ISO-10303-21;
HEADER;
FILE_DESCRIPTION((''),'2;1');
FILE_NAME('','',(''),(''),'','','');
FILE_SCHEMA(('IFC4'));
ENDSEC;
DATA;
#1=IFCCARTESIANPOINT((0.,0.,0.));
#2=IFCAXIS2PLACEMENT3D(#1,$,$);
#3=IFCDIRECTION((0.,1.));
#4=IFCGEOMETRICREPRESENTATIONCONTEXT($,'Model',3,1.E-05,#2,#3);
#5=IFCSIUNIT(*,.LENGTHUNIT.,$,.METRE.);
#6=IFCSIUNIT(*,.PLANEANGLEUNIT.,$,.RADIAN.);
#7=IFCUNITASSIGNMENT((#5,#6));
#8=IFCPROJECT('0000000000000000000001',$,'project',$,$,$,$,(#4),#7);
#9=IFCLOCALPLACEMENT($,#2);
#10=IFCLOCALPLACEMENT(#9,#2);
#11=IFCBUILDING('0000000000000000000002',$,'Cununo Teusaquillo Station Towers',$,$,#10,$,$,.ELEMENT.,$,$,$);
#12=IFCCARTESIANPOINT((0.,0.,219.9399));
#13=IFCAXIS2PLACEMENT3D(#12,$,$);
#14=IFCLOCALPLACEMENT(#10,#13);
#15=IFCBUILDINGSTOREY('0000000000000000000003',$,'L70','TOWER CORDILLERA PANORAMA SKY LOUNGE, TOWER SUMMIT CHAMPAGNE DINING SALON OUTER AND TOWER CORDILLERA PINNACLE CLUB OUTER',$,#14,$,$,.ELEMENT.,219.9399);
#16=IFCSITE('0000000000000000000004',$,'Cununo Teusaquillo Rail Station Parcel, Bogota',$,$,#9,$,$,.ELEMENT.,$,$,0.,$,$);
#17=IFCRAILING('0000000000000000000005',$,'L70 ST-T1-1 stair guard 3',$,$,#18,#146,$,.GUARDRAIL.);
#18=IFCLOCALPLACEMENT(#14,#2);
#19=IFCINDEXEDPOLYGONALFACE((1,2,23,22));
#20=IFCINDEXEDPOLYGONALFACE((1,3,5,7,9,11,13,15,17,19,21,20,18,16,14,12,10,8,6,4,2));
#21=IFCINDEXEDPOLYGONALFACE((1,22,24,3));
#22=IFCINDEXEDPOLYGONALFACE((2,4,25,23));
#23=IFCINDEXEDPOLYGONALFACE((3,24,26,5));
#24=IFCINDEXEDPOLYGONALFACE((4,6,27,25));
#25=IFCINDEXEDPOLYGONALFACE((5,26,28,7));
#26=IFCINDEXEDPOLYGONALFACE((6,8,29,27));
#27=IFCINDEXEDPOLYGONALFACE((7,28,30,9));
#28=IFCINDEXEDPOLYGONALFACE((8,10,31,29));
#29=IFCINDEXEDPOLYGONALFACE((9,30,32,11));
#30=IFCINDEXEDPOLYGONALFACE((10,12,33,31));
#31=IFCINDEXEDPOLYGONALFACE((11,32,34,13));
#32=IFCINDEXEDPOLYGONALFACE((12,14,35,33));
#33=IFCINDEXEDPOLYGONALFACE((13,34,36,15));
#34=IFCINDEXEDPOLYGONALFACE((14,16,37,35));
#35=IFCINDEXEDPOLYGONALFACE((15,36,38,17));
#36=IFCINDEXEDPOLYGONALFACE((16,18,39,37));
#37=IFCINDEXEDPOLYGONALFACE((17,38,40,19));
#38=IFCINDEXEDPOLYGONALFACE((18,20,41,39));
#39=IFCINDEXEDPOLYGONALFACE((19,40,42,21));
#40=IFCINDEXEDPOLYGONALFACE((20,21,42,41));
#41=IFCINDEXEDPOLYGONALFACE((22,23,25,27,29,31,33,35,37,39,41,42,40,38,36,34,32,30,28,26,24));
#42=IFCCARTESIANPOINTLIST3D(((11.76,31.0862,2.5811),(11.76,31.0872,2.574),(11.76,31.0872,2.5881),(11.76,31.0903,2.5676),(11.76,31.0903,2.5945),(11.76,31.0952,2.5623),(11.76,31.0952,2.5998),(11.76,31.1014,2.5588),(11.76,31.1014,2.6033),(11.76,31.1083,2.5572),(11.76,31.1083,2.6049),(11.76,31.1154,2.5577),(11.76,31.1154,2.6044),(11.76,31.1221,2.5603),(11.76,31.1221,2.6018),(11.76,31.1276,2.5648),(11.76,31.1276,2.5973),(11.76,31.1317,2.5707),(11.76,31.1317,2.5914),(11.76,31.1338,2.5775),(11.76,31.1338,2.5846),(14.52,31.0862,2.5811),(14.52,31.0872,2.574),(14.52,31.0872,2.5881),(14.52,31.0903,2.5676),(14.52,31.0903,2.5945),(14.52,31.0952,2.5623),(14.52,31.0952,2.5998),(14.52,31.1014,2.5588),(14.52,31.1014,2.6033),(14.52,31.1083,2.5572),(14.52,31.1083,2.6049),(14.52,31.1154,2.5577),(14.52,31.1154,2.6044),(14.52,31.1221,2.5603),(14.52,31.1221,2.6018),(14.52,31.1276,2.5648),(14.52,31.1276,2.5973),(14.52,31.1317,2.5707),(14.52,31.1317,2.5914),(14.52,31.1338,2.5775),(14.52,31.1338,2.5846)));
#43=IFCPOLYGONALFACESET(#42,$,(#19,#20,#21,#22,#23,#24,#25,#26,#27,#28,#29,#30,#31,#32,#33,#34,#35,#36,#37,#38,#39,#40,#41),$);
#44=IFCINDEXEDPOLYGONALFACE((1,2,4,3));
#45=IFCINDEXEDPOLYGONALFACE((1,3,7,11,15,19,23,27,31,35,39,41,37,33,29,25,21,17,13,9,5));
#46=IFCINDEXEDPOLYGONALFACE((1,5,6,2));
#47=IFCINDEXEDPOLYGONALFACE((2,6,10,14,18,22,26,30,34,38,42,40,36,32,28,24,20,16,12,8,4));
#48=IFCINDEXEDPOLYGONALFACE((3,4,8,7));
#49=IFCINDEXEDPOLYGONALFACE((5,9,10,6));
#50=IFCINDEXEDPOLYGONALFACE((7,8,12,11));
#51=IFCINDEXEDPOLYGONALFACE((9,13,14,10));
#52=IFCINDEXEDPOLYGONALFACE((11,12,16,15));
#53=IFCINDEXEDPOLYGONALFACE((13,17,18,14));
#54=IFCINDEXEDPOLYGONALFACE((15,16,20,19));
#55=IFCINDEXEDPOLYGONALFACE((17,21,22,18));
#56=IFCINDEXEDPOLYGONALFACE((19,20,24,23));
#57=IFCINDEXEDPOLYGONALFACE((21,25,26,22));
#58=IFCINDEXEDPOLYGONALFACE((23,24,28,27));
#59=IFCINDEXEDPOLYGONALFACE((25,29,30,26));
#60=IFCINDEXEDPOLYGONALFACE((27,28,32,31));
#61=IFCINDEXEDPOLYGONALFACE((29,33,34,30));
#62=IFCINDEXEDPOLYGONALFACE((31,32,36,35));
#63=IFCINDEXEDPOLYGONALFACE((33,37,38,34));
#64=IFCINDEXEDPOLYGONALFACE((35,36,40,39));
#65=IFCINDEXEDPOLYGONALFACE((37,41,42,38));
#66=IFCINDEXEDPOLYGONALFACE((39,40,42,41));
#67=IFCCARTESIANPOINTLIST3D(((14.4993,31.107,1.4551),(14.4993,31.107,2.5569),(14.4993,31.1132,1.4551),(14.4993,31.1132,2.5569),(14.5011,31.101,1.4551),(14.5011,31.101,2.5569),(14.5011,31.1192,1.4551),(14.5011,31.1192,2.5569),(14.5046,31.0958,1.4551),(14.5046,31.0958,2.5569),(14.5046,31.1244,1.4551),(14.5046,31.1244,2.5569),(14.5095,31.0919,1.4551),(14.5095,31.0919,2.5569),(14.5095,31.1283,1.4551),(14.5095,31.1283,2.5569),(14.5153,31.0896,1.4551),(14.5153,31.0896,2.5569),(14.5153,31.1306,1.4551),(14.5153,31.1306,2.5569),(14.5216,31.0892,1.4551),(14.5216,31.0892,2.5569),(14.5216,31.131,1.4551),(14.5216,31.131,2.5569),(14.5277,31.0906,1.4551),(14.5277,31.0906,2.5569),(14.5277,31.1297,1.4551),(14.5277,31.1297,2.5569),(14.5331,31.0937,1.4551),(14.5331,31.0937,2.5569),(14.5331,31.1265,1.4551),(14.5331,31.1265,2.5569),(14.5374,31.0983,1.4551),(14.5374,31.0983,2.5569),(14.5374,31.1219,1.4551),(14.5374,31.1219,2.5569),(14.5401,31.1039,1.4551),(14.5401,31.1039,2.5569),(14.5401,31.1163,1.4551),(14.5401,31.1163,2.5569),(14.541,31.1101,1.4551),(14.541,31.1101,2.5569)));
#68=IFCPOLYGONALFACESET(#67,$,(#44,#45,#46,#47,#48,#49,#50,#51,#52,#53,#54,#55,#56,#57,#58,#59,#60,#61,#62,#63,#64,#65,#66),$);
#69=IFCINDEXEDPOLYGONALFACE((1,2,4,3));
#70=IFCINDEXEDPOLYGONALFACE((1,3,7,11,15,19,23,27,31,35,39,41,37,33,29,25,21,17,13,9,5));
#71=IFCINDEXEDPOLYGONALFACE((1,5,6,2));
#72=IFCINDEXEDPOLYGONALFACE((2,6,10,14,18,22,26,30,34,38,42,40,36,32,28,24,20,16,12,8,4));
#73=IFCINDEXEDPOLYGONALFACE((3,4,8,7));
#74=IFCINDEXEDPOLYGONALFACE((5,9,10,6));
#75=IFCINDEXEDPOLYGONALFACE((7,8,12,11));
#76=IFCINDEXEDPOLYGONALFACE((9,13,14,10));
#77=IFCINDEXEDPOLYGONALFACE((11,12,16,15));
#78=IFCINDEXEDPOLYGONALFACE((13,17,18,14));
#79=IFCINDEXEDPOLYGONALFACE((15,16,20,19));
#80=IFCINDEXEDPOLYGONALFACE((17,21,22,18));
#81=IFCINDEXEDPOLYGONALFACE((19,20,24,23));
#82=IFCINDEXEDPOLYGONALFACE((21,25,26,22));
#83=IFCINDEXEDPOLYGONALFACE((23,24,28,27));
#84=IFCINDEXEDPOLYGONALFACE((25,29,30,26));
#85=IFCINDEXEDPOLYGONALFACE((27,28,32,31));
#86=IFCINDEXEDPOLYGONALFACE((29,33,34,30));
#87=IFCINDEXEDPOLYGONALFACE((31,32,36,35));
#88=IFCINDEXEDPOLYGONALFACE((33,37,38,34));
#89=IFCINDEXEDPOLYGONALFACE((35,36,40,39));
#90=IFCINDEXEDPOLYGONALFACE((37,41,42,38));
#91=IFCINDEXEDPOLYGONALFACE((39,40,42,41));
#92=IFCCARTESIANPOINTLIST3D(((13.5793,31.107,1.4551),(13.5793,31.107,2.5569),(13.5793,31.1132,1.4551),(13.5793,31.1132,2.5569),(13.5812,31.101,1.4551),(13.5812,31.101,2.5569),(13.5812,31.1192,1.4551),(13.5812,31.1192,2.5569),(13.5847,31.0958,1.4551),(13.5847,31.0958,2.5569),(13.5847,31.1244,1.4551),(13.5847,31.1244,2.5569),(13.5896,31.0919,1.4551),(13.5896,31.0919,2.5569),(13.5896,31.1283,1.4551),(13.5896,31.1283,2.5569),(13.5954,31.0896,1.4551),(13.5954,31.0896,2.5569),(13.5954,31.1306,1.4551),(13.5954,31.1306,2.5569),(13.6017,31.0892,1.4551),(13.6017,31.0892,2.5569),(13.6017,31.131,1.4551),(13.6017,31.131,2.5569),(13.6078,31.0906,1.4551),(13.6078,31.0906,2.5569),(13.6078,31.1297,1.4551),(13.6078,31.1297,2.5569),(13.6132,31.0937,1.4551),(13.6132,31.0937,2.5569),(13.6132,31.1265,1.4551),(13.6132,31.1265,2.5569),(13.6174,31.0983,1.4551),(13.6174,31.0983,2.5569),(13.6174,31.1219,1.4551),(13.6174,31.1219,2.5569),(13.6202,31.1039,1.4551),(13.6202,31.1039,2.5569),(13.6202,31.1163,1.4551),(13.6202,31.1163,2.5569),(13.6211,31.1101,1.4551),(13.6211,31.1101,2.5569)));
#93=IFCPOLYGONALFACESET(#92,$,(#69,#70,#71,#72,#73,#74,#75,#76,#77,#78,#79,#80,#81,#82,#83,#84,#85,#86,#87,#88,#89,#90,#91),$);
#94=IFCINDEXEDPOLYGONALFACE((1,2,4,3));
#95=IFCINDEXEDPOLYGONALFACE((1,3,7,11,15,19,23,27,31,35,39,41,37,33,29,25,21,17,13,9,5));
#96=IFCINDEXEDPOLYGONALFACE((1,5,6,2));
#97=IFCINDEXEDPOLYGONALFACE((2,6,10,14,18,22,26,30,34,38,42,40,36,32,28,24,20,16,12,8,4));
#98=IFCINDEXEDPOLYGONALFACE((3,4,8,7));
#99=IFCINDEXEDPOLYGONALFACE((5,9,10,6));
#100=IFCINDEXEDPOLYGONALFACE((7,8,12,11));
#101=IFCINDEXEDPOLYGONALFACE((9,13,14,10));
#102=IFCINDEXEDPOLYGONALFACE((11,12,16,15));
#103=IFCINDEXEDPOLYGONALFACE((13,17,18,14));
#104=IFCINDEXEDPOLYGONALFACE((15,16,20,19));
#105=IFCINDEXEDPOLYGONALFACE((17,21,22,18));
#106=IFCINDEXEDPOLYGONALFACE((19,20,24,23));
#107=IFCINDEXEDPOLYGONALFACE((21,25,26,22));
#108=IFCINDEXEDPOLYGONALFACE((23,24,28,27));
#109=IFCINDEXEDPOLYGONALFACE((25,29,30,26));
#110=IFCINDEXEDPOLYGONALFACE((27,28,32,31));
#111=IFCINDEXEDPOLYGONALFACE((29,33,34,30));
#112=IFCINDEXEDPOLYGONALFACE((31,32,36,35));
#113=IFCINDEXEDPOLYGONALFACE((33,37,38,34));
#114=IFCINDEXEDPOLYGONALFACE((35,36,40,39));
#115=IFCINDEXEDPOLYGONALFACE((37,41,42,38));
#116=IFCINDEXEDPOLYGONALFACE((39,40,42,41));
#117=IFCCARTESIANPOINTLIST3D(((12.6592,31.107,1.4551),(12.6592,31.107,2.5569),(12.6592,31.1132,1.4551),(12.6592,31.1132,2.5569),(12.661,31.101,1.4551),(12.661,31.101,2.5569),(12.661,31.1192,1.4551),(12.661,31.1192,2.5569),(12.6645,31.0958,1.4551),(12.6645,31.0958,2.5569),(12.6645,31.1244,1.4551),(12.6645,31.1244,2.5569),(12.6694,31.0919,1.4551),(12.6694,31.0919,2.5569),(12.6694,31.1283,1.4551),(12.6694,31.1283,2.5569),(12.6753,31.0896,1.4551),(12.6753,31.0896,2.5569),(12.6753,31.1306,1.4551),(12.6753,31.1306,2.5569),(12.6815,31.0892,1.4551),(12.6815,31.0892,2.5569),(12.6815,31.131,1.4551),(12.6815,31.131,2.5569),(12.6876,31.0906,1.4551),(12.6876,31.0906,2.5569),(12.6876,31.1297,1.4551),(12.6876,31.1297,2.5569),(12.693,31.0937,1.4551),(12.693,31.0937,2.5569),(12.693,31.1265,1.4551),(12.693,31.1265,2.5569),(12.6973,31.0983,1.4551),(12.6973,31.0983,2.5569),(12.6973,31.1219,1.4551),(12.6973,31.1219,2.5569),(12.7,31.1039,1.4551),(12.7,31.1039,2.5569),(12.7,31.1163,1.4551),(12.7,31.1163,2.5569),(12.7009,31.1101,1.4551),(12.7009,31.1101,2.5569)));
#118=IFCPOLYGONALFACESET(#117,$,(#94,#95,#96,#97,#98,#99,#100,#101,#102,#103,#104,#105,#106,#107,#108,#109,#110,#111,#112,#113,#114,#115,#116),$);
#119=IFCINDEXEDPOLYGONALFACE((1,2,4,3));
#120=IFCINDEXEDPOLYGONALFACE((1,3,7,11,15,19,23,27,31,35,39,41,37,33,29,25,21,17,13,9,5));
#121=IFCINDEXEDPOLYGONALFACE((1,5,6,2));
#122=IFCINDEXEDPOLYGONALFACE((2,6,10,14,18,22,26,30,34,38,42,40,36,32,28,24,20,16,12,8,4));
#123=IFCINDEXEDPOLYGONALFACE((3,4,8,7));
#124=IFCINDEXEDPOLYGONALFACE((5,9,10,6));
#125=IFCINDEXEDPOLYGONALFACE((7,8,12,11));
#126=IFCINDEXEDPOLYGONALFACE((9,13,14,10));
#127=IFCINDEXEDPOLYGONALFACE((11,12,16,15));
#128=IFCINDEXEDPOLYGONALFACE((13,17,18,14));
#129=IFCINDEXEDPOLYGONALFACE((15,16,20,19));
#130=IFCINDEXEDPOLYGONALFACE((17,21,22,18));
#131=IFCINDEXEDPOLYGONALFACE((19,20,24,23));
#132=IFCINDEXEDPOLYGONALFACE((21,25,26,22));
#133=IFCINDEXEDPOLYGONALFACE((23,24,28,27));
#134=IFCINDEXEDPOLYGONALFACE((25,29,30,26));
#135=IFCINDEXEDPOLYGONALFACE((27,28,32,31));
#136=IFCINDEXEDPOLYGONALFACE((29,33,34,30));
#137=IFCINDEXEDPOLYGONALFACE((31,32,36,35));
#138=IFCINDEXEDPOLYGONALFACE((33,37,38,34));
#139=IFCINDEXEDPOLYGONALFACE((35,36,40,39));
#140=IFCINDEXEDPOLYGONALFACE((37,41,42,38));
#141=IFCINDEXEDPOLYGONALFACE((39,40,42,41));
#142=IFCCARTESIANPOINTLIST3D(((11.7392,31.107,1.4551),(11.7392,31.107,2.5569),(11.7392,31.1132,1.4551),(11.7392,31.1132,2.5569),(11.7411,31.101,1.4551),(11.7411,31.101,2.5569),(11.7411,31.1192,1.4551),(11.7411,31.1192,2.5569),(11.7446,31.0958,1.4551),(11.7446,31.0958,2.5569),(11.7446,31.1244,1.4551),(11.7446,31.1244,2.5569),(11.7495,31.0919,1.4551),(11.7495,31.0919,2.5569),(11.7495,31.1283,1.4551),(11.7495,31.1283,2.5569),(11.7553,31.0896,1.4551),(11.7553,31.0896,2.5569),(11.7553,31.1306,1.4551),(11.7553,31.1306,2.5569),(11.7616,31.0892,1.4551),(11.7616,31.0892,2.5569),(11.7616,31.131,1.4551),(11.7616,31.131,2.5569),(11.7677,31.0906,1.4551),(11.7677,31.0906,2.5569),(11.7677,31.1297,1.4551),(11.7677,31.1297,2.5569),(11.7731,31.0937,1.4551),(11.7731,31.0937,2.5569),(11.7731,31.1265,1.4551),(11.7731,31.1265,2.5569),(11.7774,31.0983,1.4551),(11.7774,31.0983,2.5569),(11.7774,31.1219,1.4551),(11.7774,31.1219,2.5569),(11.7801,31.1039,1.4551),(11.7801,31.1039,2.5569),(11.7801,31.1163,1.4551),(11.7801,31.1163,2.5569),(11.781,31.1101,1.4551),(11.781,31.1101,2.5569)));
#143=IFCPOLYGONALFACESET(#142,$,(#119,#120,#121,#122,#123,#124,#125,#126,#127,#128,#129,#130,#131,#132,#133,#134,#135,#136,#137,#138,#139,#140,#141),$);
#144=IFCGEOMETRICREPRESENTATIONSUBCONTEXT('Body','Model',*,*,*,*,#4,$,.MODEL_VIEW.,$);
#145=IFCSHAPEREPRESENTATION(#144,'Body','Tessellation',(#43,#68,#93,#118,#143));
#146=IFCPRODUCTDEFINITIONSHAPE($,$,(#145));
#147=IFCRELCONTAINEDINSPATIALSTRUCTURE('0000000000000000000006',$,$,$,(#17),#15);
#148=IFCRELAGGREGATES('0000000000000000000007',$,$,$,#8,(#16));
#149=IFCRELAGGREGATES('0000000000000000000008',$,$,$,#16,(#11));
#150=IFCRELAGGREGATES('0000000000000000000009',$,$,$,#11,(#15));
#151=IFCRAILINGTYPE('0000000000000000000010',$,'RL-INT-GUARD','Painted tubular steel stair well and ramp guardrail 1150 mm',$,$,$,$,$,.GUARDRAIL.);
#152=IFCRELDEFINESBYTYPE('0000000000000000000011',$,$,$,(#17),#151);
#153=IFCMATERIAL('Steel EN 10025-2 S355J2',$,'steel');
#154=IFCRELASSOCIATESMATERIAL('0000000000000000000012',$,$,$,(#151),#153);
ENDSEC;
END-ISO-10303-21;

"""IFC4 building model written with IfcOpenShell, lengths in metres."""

from ifc_helpers import new_model, si_unit, direction, frame, origin, origin_2d, place, context, subcontext, project, spatial, circle, extrude, material, type_object, element, save


model = new_model("IFC4")

# Units and contexts
model_context = context("Model", 3, precision=1e-05, world=origin(), true_north=direction((0.0, 1.0)))
body_context = subcontext(model_context, "Body", "Model", "MODEL_VIEW")
ifc_project = project(units=[si_unit("LENGTHUNIT", "METRE"), si_unit("PLANEANGLEUNIT", "RADIAN")], contexts=[model_context])

# Site, building, storey
site_placement = place(None, origin())
site = spatial("IfcSite", under=ifc_project, at=site_placement, Name="Cununo Teusaquillo Rail Station Parcel, Bogota", CompositionType="ELEMENT", RefElevation=0.0)
building_placement = place(site_placement, origin())
building = spatial("IfcBuilding", under=site, at=building_placement, Name="Cununo Teusaquillo Station Towers", CompositionType="ELEMENT")
storey_placement = place(building_placement, frame((0.0, 0.0, 219.9399)))
storey = spatial("IfcBuildingStorey", under=building, at=storey_placement, Name="L70", Description="TOWER CORDILLERA PANORAMA SKY LOUNGE, TOWER SUMMIT CHAMPAGNE DINING SALON OUTER AND TOWER CORDILLERA PINNACLE CLUB OUTER", CompositionType="ELEMENT", Elevation=219.9399)

# Railing
ifc_material_1 = material(Name="Steel EN 10025-2 S355J2", Category="steel")
railing_type_1 = type_object("IfcRailingType", Name="RL-INT-GUARD", Description="Painted tubular steel stair well and ramp guardrail 1150 mm", PredefinedType="GUARDRAIL", material=ifc_material_1)
railing_1_placement = place(storey_placement, frame((14.52, 31.1101, 1.4551)))
element("IfcRailing", 1, at=railing_1_placement, inside=storey, type_object=railing_type_1, Name="L70 ST-T1-1 stair guard 3", PredefinedType="GUARDRAIL", context=body_context, shape_type="SweptSolid", body=[
    extrude(circle(Radius=0.0239, at=origin_2d()), frame((0.0, 0.0, 1.126), z_axis=(-1.0, 0.0, 0.0), x_axis=(0.0, -1.0, 0.0)), (0.0, 0.0, 1.0), 2.76),
    extrude(circle(Radius=0.021, at=origin_2d()), origin(), (0.0, 0.0, 1.0), 1.1018),
    extrude(circle(Radius=0.021, at=origin_2d()), frame((-0.9199, 0.0, 0.0)), (0.0, 0.0, 1.0), 1.1018),
    extrude(circle(Radius=0.021, at=origin_2d()), frame((-1.8401, 0.0, 0.0)), (0.0, 0.0, 1.0), 1.1018),
    extrude(circle(Radius=0.021, at=origin_2d()), frame((-2.76, 0.0, 0.0)), (0.0, 0.0, 1.0), 1.1018),
])

save(model, "model.ifc")
